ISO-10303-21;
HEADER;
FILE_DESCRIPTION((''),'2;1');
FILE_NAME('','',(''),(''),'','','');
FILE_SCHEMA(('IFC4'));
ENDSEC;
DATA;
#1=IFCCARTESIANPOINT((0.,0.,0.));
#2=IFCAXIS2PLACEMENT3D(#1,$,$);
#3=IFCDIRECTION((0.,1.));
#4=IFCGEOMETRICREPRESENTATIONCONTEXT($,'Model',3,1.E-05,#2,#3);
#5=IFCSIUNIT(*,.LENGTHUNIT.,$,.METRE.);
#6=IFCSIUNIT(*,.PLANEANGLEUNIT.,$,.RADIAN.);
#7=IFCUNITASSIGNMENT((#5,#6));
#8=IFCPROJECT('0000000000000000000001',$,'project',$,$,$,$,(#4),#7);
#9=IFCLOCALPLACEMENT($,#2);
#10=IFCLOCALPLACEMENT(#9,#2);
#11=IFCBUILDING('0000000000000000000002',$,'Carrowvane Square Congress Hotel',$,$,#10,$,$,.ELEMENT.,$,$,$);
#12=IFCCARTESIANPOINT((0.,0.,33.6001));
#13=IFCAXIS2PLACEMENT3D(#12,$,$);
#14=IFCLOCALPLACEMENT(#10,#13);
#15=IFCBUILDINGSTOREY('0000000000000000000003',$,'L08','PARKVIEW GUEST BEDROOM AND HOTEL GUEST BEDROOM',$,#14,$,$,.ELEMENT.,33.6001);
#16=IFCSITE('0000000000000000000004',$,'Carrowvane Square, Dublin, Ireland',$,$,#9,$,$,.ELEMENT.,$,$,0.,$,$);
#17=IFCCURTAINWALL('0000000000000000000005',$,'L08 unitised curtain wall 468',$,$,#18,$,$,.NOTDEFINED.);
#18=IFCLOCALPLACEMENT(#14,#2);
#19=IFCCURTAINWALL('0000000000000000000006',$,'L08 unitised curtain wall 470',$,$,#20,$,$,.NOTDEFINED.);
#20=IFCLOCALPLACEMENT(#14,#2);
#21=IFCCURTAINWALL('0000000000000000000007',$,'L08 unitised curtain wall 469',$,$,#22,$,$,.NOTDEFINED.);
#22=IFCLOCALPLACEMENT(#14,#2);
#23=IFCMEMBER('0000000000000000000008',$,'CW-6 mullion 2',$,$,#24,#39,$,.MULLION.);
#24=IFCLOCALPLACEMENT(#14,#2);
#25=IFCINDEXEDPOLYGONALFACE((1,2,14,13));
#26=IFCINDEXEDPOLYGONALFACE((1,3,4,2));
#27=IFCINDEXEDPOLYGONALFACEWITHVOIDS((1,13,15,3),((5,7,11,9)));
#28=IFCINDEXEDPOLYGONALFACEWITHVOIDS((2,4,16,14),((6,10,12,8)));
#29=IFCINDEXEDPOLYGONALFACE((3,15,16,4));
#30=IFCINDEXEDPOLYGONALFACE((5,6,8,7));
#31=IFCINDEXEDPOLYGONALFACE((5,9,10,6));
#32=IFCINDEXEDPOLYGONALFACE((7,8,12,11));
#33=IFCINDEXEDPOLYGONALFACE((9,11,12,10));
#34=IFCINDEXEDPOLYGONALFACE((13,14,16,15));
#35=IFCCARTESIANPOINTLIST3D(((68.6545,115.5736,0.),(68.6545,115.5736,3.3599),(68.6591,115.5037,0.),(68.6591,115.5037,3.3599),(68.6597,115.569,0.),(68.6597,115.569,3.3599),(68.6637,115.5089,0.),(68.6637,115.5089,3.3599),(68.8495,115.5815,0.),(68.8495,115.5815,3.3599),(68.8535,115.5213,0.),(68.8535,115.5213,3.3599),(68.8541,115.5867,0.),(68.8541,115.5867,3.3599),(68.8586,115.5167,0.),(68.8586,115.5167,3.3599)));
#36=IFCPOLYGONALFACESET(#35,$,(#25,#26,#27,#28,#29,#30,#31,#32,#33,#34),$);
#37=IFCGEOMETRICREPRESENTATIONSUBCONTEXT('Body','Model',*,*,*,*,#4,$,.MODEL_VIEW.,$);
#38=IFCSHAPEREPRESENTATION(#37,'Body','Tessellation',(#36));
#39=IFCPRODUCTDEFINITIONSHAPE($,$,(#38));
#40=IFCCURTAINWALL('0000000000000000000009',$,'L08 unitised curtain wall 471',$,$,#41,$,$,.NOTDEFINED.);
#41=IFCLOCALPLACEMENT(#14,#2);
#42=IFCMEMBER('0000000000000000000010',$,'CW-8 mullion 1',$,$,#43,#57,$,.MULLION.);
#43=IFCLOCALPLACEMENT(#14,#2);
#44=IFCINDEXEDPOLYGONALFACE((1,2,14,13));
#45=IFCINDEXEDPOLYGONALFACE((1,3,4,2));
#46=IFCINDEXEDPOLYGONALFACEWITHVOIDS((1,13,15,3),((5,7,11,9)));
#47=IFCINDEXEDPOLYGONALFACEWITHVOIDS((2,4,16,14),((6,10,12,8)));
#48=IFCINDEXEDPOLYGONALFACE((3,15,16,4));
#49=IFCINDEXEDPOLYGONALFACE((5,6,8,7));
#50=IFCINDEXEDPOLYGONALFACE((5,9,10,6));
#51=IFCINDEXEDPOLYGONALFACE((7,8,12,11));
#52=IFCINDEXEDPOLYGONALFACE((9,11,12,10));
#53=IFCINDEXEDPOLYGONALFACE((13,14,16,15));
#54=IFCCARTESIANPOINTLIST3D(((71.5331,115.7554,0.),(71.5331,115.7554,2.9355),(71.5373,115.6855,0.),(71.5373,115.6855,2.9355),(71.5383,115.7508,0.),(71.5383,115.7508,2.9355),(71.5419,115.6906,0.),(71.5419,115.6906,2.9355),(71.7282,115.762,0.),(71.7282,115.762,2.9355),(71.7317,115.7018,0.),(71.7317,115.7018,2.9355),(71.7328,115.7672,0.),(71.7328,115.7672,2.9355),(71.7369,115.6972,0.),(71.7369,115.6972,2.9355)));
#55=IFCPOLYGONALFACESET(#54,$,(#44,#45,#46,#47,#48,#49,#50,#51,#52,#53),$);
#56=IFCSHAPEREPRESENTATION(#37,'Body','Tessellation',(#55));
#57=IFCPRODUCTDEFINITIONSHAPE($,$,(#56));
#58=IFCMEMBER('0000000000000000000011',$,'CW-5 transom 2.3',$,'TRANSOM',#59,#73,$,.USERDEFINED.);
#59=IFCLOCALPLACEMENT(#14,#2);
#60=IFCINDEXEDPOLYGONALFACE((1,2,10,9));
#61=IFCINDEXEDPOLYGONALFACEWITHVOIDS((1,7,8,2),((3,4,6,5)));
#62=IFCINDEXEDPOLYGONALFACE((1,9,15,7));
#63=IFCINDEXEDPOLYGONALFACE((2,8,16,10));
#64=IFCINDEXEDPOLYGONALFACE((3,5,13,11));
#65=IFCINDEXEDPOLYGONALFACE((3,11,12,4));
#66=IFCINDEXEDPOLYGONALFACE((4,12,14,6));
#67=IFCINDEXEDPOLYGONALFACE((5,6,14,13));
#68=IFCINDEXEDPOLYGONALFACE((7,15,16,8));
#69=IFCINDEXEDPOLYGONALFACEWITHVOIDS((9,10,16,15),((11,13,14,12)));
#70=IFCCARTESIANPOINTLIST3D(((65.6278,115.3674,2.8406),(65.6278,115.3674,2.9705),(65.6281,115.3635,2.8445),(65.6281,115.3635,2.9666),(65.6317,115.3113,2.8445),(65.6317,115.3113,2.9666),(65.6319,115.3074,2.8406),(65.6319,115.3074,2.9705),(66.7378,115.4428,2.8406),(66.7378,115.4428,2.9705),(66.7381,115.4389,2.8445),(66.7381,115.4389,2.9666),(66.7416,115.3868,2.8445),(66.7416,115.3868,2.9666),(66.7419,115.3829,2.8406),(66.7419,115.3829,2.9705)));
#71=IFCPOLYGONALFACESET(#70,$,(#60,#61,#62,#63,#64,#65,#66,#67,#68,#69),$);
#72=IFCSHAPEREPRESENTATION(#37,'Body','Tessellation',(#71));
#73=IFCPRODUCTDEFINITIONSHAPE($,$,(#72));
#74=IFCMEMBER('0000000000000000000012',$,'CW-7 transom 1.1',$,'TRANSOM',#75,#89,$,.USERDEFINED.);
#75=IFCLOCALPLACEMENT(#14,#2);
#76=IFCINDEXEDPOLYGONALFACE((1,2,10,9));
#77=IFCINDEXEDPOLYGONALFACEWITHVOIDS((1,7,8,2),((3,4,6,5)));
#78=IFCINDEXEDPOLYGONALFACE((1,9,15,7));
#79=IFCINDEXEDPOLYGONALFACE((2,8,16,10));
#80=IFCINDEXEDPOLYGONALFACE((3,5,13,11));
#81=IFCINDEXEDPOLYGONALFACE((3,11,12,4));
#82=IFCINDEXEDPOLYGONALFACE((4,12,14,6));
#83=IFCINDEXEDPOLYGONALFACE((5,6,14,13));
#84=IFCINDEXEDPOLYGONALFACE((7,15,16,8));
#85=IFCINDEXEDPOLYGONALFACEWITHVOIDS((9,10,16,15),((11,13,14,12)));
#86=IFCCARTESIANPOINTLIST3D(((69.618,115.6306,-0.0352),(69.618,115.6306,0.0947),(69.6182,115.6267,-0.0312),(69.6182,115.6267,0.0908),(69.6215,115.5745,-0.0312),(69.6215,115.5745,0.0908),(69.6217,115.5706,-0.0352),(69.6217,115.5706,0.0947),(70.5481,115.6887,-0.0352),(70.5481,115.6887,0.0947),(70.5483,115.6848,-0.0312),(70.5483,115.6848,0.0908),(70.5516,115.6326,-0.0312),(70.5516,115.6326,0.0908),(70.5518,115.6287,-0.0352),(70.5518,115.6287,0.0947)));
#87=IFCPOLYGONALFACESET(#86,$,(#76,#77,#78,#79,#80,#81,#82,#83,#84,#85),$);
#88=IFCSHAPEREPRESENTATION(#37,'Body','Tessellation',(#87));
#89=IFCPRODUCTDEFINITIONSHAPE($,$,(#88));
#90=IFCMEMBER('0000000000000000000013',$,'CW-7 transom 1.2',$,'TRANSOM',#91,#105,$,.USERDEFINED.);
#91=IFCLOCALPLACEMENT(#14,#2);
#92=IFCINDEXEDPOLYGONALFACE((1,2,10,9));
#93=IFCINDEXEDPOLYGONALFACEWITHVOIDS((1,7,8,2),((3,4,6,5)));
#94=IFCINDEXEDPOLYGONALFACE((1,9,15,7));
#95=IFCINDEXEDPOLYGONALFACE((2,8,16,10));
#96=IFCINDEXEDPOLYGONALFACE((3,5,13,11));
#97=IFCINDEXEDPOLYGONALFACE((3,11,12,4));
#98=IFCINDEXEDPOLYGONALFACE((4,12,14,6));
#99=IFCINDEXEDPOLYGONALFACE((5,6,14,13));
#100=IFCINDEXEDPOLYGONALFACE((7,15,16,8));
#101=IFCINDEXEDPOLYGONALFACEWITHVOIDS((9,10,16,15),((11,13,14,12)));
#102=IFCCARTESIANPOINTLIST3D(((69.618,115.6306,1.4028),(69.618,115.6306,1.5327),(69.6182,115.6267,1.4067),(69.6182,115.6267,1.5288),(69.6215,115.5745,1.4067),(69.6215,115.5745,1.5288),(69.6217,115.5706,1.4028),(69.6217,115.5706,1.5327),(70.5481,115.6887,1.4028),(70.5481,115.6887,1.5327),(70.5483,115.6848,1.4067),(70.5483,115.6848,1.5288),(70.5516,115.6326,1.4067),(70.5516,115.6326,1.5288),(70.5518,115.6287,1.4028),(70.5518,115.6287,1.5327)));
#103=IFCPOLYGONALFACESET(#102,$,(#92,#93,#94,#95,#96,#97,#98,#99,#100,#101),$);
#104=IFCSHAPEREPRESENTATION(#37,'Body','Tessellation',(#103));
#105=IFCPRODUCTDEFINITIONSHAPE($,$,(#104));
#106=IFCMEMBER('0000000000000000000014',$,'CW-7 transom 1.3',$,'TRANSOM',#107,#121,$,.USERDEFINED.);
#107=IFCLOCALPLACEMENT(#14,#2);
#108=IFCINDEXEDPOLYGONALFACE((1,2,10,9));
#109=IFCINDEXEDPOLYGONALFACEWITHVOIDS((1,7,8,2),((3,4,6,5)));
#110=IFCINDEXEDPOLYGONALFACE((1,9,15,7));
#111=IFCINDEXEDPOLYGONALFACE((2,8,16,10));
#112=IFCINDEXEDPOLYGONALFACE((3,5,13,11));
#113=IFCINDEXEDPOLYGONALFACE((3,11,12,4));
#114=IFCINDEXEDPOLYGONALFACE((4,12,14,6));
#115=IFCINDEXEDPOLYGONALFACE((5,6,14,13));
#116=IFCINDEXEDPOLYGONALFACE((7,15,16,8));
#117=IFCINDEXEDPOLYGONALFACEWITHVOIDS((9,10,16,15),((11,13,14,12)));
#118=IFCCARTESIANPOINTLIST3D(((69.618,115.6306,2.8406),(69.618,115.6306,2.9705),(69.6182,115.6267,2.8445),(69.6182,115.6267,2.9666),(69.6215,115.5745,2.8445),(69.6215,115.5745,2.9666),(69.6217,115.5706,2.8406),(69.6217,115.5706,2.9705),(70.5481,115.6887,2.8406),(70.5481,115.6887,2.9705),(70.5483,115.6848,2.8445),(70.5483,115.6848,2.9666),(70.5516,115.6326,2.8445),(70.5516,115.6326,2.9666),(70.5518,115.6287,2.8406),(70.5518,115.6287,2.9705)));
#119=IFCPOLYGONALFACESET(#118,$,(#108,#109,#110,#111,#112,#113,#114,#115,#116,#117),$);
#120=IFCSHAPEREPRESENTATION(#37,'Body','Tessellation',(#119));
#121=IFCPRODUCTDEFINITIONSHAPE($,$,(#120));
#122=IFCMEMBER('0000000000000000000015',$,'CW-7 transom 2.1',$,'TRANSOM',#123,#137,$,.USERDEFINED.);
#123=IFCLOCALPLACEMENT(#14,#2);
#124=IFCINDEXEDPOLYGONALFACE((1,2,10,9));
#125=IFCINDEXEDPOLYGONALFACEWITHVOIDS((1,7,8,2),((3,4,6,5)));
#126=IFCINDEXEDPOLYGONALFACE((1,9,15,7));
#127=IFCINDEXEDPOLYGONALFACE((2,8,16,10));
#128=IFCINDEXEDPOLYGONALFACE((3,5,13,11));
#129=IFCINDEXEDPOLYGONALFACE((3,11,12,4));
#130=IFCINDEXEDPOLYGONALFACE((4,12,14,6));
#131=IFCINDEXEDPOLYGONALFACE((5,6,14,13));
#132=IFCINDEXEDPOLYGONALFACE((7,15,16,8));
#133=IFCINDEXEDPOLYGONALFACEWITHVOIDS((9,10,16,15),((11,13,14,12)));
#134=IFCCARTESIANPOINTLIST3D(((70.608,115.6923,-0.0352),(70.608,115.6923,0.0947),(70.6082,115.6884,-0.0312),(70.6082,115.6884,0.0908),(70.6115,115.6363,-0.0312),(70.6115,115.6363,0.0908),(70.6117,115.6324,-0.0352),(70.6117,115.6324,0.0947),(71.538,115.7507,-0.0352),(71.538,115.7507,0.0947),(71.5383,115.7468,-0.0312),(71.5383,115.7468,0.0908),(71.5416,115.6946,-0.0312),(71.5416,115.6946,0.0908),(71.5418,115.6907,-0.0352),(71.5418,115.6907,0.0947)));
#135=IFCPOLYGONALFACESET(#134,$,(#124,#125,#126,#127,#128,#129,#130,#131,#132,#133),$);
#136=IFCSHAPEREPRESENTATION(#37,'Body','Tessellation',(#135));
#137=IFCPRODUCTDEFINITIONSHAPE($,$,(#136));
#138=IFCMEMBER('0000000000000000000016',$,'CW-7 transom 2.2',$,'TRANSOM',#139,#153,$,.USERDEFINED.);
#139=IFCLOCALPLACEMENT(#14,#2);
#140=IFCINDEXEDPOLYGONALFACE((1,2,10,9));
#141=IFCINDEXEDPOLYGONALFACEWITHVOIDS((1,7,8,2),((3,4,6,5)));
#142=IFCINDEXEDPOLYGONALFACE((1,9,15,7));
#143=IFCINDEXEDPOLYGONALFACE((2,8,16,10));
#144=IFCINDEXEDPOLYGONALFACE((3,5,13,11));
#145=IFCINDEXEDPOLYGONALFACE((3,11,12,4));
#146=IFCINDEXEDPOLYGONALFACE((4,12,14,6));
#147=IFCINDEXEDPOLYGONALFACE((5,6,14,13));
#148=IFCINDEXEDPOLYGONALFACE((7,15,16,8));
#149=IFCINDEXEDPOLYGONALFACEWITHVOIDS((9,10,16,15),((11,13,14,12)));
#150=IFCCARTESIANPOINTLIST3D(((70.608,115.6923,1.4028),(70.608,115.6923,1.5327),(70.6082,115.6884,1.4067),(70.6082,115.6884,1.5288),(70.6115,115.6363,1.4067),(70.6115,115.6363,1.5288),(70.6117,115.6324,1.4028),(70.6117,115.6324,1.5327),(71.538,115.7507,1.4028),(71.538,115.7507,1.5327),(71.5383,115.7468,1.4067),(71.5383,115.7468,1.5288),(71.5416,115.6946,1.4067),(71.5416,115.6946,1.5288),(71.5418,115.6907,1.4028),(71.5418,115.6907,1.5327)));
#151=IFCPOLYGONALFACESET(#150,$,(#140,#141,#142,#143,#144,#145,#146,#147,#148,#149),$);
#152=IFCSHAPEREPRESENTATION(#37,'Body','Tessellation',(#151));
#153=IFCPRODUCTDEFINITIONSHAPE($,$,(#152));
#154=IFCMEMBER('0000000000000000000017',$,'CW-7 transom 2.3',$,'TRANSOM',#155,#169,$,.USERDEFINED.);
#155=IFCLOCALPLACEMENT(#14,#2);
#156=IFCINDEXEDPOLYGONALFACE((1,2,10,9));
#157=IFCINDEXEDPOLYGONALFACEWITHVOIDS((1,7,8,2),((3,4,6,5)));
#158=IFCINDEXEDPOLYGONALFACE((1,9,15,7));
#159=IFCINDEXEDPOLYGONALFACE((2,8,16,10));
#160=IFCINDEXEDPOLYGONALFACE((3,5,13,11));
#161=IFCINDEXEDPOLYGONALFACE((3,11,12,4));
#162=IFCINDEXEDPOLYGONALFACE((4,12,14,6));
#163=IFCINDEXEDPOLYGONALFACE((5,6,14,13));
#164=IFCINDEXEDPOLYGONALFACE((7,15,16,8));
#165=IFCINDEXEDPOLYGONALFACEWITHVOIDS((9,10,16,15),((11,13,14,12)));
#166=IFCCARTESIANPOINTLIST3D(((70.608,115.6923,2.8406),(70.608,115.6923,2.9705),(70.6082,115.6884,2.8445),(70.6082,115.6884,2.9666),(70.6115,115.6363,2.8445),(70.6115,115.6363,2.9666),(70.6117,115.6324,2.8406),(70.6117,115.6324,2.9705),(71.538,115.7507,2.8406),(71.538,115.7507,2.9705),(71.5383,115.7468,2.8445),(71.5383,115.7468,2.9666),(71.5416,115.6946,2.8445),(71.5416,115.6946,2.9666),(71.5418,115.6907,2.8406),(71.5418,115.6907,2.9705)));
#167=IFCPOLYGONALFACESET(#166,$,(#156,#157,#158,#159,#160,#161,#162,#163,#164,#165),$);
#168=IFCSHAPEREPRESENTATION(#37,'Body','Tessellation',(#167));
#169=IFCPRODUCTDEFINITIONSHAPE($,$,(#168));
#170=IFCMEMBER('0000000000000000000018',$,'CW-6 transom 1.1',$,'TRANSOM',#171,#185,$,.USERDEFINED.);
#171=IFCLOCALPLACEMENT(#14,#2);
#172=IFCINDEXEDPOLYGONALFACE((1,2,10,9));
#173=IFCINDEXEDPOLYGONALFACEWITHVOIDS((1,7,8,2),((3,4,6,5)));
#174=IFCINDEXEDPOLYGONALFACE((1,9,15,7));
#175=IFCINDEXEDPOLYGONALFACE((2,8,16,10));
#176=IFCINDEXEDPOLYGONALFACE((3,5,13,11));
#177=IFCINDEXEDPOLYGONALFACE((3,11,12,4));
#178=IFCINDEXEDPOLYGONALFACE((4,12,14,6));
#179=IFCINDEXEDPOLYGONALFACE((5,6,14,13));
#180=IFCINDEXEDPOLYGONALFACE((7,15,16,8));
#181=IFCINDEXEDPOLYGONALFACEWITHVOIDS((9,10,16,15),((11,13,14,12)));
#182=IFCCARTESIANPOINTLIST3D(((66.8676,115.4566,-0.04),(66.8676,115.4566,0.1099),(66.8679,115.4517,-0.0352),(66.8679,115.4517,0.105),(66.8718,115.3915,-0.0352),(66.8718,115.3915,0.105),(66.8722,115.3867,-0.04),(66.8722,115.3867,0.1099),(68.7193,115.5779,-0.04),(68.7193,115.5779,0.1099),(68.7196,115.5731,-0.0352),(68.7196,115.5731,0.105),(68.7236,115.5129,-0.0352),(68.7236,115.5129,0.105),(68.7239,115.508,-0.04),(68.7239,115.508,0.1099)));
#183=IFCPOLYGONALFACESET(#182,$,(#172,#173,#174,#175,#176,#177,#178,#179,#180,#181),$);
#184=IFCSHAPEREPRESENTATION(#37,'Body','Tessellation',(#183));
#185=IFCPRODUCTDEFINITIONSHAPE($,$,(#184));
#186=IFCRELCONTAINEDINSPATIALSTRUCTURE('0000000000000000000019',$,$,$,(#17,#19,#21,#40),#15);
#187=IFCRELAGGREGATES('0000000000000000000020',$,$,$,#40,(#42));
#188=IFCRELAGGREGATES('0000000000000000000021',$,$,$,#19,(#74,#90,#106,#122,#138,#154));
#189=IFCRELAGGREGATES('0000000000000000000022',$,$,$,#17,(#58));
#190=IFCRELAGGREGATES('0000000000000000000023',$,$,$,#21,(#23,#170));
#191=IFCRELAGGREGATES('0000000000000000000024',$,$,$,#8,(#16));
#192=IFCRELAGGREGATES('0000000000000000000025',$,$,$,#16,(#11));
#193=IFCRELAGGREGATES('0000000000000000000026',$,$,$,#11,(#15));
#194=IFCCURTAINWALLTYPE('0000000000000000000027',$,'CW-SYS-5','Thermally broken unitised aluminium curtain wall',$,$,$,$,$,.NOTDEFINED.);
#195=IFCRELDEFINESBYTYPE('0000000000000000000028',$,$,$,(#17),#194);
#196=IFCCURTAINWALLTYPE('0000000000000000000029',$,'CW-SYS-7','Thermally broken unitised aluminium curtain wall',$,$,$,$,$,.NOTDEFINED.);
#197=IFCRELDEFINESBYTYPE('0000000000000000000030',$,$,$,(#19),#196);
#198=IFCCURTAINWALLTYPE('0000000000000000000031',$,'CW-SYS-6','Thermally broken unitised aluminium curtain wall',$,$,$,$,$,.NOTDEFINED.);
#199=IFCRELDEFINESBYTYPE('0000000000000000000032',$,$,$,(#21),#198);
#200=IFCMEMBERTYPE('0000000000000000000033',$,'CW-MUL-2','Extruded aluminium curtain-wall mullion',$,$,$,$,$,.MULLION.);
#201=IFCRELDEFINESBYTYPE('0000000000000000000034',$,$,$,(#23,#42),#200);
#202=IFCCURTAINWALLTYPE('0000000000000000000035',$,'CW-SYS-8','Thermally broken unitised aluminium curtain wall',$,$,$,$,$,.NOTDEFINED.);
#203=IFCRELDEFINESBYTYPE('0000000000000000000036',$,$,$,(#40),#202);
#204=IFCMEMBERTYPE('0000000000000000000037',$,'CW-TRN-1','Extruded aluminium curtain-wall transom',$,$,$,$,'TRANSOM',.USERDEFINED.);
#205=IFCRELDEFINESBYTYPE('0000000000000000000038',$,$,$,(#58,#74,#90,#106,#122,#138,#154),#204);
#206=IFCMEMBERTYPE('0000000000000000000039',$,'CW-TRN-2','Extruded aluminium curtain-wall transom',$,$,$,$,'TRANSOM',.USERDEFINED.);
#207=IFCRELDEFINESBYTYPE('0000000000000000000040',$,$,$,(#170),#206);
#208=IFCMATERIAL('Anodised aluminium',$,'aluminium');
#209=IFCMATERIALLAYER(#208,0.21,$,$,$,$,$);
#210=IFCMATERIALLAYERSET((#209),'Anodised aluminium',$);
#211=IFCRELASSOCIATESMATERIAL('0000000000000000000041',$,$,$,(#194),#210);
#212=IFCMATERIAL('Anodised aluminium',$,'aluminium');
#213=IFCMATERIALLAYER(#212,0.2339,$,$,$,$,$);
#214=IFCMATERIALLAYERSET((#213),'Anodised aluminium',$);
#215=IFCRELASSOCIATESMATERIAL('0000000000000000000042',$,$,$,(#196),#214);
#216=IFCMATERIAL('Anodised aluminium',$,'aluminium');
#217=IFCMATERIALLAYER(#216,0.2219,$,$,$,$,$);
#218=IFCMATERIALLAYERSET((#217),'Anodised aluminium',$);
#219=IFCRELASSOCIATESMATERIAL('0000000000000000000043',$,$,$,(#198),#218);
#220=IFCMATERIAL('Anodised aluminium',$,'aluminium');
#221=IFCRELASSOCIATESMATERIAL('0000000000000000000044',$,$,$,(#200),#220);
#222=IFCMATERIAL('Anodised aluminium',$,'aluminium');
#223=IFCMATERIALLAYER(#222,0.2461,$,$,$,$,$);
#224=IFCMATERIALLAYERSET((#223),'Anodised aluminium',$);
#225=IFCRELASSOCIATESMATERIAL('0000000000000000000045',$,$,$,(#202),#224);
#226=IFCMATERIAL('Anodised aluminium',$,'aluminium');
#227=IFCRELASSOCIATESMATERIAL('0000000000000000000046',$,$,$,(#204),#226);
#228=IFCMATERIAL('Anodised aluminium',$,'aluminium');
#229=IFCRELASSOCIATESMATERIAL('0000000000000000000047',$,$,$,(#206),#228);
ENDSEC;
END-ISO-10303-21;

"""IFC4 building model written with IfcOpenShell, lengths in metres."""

from ifc_helpers import new_model, si_unit, direction, frame, origin, origin_2d, place, context, subcontext, project, spatial, hollow_rectangle, extrude, material, layer, layer_set, material_profile, profile_set, type_object, element, aggregate, save


model = new_model("IFC4")

# Units and contexts
model_context = context("Model", 3, precision=1e-05, world=origin(), true_north=direction((0.0, 1.0)))
body_context = subcontext(model_context, "Body", "Model", "MODEL_VIEW")
ifc_project = project(units=[si_unit("LENGTHUNIT", "METRE"), si_unit("PLANEANGLEUNIT", "RADIAN")], contexts=[model_context])

# Site, building, storey
site_placement = place(None, origin())
site = spatial("IfcSite", under=ifc_project, at=site_placement, Name="Carrowvane Square, Dublin, Ireland", CompositionType="ELEMENT", RefElevation=0.0)
building_placement = place(site_placement, origin())
building = spatial("IfcBuilding", under=site, at=building_placement, Name="Carrowvane Square Congress Hotel", CompositionType="ELEMENT")
storey_placement = place(building_placement, frame((0.0, 0.0, 33.6001)))
storey = spatial("IfcBuildingStorey", under=building, at=storey_placement, Name="L08", Description="PARKVIEW GUEST BEDROOM AND HOTEL GUEST BEDROOM", CompositionType="ELEMENT", Elevation=33.6001)

# Curtain wall
ifc_material_1 = material(Name="Anodised aluminium", Category="aluminium")
ifc_layer_1 = layer(ifc_material_1, 0.21)
ifc_layer_set_1 = layer_set([ifc_layer_1], Name="Anodised aluminium")
curtain_wall_type_1 = type_object("IfcCurtainWallType", Name="CW-SYS-5", Description="Thermally broken unitised aluminium curtain wall", PredefinedType="NOTDEFINED", material=ifc_layer_set_1)
curtain_wall_1_placement = place(storey_placement, origin())
curtain_wall_1 = element("IfcCurtainWall", 1, at=curtain_wall_1_placement, inside=storey, type_object=curtain_wall_type_1, Name="L08 unitised curtain wall 468", PredefinedType="NOTDEFINED")

# Curtain walls, member
ifc_material_2 = material(Name="Anodised aluminium", Category="aluminium")
ifc_layer_2 = layer(ifc_material_2, 0.2339)
ifc_layer_set_2 = layer_set([ifc_layer_2], Name="Anodised aluminium")
curtain_wall_type_2 = type_object("IfcCurtainWallType", Name="CW-SYS-7", Description="Thermally broken unitised aluminium curtain wall", PredefinedType="NOTDEFINED", material=ifc_layer_set_2)
curtain_wall_2_placement = place(storey_placement, origin())
curtain_wall_2 = element("IfcCurtainWall", 2, at=curtain_wall_2_placement, inside=storey, type_object=curtain_wall_type_2, Name="L08 unitised curtain wall 470", PredefinedType="NOTDEFINED")
ifc_material_3 = material(Name="Anodised aluminium", Category="aluminium")
ifc_layer_3 = layer(ifc_material_3, 0.2219)
ifc_layer_set_3 = layer_set([ifc_layer_3], Name="Anodised aluminium")
curtain_wall_type_3 = type_object("IfcCurtainWallType", Name="CW-SYS-6", Description="Thermally broken unitised aluminium curtain wall", PredefinedType="NOTDEFINED", material=ifc_layer_set_3)
curtain_wall_3_placement = place(storey_placement, origin())
curtain_wall_3 = element("IfcCurtainWall", 3, at=curtain_wall_3_placement, inside=storey, type_object=curtain_wall_type_3, Name="L08 unitised curtain wall 469", PredefinedType="NOTDEFINED")
ifc_material_4 = material(Name="Anodised aluminium", Category="aluminium")
ifc_material_profile_1 = material_profile(ifc_material_4, hollow_rectangle(XDim=0.0701, YDim=0.2, WallThickness=0.0049, at=origin_2d()), Name="CW-ML 70x200x5")
ifc_profile_set_1 = profile_set([ifc_material_profile_1], Name="Anodised aluminium")
member_type_1 = type_object("IfcMemberType", Name="CW-MUL-2", Description="Extruded aluminium curtain-wall mullion", PredefinedType="MULLION", material=ifc_profile_set_1)
member_1_placement = place(storey_placement, frame((68.7566, 115.5452, 0.0), z_axis=(0.0, 0.0, 1.0), x_axis=(-0.065412, 0.997858, 0.0)))
member_1 = element("IfcMember", 4, at=member_1_placement, type_object=member_type_1, Name="CW-6 mullion 2", PredefinedType="MULLION", context=body_context, shape_type="SweptSolid", body=[
    extrude(hollow_rectangle(XDim=0.0701, YDim=0.2, WallThickness=0.0049, at=origin_2d()), origin(), (0.0, 0.0, 1.0), 3.3599),
])

# Curtain wall, member
ifc_material_5 = material(Name="Anodised aluminium", Category="aluminium")
ifc_layer_4 = layer(ifc_material_5, 0.2461)
ifc_layer_set_4 = layer_set([ifc_layer_4], Name="Anodised aluminium")
curtain_wall_type_4 = type_object("IfcCurtainWallType", Name="CW-SYS-8", Description="Thermally broken unitised aluminium curtain wall", PredefinedType="NOTDEFINED", material=ifc_layer_set_4)
curtain_wall_4_placement = place(storey_placement, origin())
curtain_wall_4 = element("IfcCurtainWall", 5, at=curtain_wall_4_placement, inside=storey, type_object=curtain_wall_type_4, Name="L08 unitised curtain wall 471", PredefinedType="NOTDEFINED")
member_2_placement = place(storey_placement, frame((71.635, 115.7263, 0.0), z_axis=(0.0, 0.0, 1.0), x_axis=(-0.058851, 0.998267, 0.0)))
member_2 = element("IfcMember", 6, at=member_2_placement, type_object=member_type_1, Name="CW-8 mullion 1", PredefinedType="MULLION", context=body_context, shape_type="SweptSolid", body=[
    extrude(hollow_rectangle(XDim=0.0701, YDim=0.2, WallThickness=0.0049, at=origin_2d()), origin(), (0.0, 0.0, 1.0), 2.9355),
])

# Members
ifc_material_6 = material(Name="Anodised aluminium", Category="aluminium")
ifc_material_profile_2 = material_profile(ifc_material_6, hollow_rectangle(XDim=0.0601, YDim=0.1299, WallThickness=0.0039, at=origin_2d()), Name="CW-TR 60x130x4")
ifc_profile_set_2 = profile_set([ifc_material_profile_2], Name="Anodised aluminium")
member_type_2 = type_object("IfcMemberType", Name="CW-TRN-1", Description="Extruded aluminium curtain-wall transom", ElementType="TRANSOM", PredefinedType="USERDEFINED", material=ifc_profile_set_2)
member_3_placement = place(storey_placement, frame((65.6299, 115.3374, 2.9055), z_axis=(0.997699, 0.067801, 0.0), x_axis=(-0.067801, 0.997699, 0.0)))
member_3 = element("IfcMember", 7, at=member_3_placement, type_object=member_type_2, Name="CW-5 transom 2.3", ObjectType="TRANSOM", PredefinedType="USERDEFINED", context=body_context, shape_type="SweptSolid", body=[
    extrude(hollow_rectangle(XDim=0.0601, YDim=0.1299, WallThickness=0.0039, at=origin_2d()), origin(), (0.0, 0.0, 1.0), 1.1125),
])
member_4_placement = place(storey_placement, frame((69.6199, 115.6006, 0.0298), z_axis=(0.998055, 0.062346, 0.0), x_axis=(-0.062346, 0.998055, 0.0)))
member_4 = element("IfcMember", 8, at=member_4_placement, type_object=member_type_2, Name="CW-7 transom 1.1", ObjectType="TRANSOM", PredefinedType="USERDEFINED", context=body_context, shape_type="SweptSolid", body=[
    extrude(hollow_rectangle(XDim=0.0601, YDim=0.1299, WallThickness=0.0039, at=origin_2d()), origin(), (0.0, 0.0, 1.0), 0.9319),
])
member_5_placement = place(storey_placement, frame((69.6199, 115.6006, 1.4678), z_axis=(0.998055, 0.062346, 0.0), x_axis=(-0.062346, 0.998055, 0.0)))
member_5 = element("IfcMember", 9, at=member_5_placement, type_object=member_type_2, Name="CW-7 transom 1.2", ObjectType="TRANSOM", PredefinedType="USERDEFINED", context=body_context, shape_type="SweptSolid", body=[
    extrude(hollow_rectangle(XDim=0.0601, YDim=0.1299, WallThickness=0.0039, at=origin_2d()), origin(), (0.0, 0.0, 1.0), 0.9319),
])
member_6_placement = place(storey_placement, frame((69.6199, 115.6006, 2.9055), z_axis=(0.998055, 0.062346, 0.0), x_axis=(-0.062346, 0.998055, 0.0)))
member_6 = element("IfcMember", 10, at=member_6_placement, type_object=member_type_2, Name="CW-7 transom 1.3", ObjectType="TRANSOM", PredefinedType="USERDEFINED", context=body_context, shape_type="SweptSolid", body=[
    extrude(hollow_rectangle(XDim=0.0601, YDim=0.1299, WallThickness=0.0039, at=origin_2d()), origin(), (0.0, 0.0, 1.0), 0.9319),
])
member_7_placement = place(storey_placement, frame((70.6099, 115.6624, 0.0298), z_axis=(0.998038, 0.062607, 0.0), x_axis=(-0.062607, 0.998038, 0.0)))
member_7 = element("IfcMember", 11, at=member_7_placement, type_object=member_type_2, Name="CW-7 transom 2.1", ObjectType="TRANSOM", PredefinedType="USERDEFINED", context=body_context, shape_type="SweptSolid", body=[
    extrude(hollow_rectangle(XDim=0.0601, YDim=0.1299, WallThickness=0.0039, at=origin_2d()), origin(), (0.0, 0.0, 1.0), 0.9319),
])
member_8_placement = place(storey_placement, frame((70.6099, 115.6624, 1.4678), z_axis=(0.998038, 0.062607, 0.0), x_axis=(-0.062607, 0.998038, 0.0)))
member_8 = element("IfcMember", 12, at=member_8_placement, type_object=member_type_2, Name="CW-7 transom 2.2", ObjectType="TRANSOM", PredefinedType="USERDEFINED", context=body_context, shape_type="SweptSolid", body=[
    extrude(hollow_rectangle(XDim=0.0601, YDim=0.1299, WallThickness=0.0039, at=origin_2d()), origin(), (0.0, 0.0, 1.0), 0.9319),
])
member_9_placement = place(storey_placement, frame((70.6099, 115.6624, 2.9055), z_axis=(0.998038, 0.062607, 0.0), x_axis=(-0.062607, 0.998038, 0.0)))
member_9 = element("IfcMember", 13, at=member_9_placement, type_object=member_type_2, Name="CW-7 transom 2.3", ObjectType="TRANSOM", PredefinedType="USERDEFINED", context=body_context, shape_type="SweptSolid", body=[
    extrude(hollow_rectangle(XDim=0.0601, YDim=0.1299, WallThickness=0.0039, at=origin_2d()), origin(), (0.0, 0.0, 1.0), 0.9319),
])
ifc_material_7 = material(Name="Anodised aluminium", Category="aluminium")
ifc_material_profile_3 = material_profile(ifc_material_7, hollow_rectangle(XDim=0.0701, YDim=0.1499, WallThickness=0.0049, at=origin_2d()), Name="CW-TR 70x150x5")
ifc_profile_set_3 = profile_set([ifc_material_profile_3], Name="Anodised aluminium")
member_type_3 = type_object("IfcMemberType", Name="CW-TRN-2", Description="Extruded aluminium curtain-wall transom", ElementType="TRANSOM", PredefinedType="USERDEFINED", material=ifc_profile_set_3)
member_10_placement = place(storey_placement, frame((66.8699, 115.4216, 0.0349), z_axis=(0.99786, 0.065384, 0.0), x_axis=(-0.065384, 0.99786, 0.0)))
member_10 = element("IfcMember", 14, at=member_10_placement, type_object=member_type_3, Name="CW-6 transom 1.1", ObjectType="TRANSOM", PredefinedType="USERDEFINED", context=body_context, shape_type="SweptSolid", body=[
    extrude(hollow_rectangle(XDim=0.0701, YDim=0.1499, WallThickness=0.0049, at=origin_2d()), origin(), (0.0, 0.0, 1.0), 1.8557),
])
aggregate(curtain_wall_4, [member_2])

aggregate(curtain_wall_2, [member_4, member_5, member_6, member_7, member_8, member_9])
aggregate(curtain_wall_1, [member_3])
aggregate(curtain_wall_3, [member_1, member_10])

save(model, "model.ifc")
